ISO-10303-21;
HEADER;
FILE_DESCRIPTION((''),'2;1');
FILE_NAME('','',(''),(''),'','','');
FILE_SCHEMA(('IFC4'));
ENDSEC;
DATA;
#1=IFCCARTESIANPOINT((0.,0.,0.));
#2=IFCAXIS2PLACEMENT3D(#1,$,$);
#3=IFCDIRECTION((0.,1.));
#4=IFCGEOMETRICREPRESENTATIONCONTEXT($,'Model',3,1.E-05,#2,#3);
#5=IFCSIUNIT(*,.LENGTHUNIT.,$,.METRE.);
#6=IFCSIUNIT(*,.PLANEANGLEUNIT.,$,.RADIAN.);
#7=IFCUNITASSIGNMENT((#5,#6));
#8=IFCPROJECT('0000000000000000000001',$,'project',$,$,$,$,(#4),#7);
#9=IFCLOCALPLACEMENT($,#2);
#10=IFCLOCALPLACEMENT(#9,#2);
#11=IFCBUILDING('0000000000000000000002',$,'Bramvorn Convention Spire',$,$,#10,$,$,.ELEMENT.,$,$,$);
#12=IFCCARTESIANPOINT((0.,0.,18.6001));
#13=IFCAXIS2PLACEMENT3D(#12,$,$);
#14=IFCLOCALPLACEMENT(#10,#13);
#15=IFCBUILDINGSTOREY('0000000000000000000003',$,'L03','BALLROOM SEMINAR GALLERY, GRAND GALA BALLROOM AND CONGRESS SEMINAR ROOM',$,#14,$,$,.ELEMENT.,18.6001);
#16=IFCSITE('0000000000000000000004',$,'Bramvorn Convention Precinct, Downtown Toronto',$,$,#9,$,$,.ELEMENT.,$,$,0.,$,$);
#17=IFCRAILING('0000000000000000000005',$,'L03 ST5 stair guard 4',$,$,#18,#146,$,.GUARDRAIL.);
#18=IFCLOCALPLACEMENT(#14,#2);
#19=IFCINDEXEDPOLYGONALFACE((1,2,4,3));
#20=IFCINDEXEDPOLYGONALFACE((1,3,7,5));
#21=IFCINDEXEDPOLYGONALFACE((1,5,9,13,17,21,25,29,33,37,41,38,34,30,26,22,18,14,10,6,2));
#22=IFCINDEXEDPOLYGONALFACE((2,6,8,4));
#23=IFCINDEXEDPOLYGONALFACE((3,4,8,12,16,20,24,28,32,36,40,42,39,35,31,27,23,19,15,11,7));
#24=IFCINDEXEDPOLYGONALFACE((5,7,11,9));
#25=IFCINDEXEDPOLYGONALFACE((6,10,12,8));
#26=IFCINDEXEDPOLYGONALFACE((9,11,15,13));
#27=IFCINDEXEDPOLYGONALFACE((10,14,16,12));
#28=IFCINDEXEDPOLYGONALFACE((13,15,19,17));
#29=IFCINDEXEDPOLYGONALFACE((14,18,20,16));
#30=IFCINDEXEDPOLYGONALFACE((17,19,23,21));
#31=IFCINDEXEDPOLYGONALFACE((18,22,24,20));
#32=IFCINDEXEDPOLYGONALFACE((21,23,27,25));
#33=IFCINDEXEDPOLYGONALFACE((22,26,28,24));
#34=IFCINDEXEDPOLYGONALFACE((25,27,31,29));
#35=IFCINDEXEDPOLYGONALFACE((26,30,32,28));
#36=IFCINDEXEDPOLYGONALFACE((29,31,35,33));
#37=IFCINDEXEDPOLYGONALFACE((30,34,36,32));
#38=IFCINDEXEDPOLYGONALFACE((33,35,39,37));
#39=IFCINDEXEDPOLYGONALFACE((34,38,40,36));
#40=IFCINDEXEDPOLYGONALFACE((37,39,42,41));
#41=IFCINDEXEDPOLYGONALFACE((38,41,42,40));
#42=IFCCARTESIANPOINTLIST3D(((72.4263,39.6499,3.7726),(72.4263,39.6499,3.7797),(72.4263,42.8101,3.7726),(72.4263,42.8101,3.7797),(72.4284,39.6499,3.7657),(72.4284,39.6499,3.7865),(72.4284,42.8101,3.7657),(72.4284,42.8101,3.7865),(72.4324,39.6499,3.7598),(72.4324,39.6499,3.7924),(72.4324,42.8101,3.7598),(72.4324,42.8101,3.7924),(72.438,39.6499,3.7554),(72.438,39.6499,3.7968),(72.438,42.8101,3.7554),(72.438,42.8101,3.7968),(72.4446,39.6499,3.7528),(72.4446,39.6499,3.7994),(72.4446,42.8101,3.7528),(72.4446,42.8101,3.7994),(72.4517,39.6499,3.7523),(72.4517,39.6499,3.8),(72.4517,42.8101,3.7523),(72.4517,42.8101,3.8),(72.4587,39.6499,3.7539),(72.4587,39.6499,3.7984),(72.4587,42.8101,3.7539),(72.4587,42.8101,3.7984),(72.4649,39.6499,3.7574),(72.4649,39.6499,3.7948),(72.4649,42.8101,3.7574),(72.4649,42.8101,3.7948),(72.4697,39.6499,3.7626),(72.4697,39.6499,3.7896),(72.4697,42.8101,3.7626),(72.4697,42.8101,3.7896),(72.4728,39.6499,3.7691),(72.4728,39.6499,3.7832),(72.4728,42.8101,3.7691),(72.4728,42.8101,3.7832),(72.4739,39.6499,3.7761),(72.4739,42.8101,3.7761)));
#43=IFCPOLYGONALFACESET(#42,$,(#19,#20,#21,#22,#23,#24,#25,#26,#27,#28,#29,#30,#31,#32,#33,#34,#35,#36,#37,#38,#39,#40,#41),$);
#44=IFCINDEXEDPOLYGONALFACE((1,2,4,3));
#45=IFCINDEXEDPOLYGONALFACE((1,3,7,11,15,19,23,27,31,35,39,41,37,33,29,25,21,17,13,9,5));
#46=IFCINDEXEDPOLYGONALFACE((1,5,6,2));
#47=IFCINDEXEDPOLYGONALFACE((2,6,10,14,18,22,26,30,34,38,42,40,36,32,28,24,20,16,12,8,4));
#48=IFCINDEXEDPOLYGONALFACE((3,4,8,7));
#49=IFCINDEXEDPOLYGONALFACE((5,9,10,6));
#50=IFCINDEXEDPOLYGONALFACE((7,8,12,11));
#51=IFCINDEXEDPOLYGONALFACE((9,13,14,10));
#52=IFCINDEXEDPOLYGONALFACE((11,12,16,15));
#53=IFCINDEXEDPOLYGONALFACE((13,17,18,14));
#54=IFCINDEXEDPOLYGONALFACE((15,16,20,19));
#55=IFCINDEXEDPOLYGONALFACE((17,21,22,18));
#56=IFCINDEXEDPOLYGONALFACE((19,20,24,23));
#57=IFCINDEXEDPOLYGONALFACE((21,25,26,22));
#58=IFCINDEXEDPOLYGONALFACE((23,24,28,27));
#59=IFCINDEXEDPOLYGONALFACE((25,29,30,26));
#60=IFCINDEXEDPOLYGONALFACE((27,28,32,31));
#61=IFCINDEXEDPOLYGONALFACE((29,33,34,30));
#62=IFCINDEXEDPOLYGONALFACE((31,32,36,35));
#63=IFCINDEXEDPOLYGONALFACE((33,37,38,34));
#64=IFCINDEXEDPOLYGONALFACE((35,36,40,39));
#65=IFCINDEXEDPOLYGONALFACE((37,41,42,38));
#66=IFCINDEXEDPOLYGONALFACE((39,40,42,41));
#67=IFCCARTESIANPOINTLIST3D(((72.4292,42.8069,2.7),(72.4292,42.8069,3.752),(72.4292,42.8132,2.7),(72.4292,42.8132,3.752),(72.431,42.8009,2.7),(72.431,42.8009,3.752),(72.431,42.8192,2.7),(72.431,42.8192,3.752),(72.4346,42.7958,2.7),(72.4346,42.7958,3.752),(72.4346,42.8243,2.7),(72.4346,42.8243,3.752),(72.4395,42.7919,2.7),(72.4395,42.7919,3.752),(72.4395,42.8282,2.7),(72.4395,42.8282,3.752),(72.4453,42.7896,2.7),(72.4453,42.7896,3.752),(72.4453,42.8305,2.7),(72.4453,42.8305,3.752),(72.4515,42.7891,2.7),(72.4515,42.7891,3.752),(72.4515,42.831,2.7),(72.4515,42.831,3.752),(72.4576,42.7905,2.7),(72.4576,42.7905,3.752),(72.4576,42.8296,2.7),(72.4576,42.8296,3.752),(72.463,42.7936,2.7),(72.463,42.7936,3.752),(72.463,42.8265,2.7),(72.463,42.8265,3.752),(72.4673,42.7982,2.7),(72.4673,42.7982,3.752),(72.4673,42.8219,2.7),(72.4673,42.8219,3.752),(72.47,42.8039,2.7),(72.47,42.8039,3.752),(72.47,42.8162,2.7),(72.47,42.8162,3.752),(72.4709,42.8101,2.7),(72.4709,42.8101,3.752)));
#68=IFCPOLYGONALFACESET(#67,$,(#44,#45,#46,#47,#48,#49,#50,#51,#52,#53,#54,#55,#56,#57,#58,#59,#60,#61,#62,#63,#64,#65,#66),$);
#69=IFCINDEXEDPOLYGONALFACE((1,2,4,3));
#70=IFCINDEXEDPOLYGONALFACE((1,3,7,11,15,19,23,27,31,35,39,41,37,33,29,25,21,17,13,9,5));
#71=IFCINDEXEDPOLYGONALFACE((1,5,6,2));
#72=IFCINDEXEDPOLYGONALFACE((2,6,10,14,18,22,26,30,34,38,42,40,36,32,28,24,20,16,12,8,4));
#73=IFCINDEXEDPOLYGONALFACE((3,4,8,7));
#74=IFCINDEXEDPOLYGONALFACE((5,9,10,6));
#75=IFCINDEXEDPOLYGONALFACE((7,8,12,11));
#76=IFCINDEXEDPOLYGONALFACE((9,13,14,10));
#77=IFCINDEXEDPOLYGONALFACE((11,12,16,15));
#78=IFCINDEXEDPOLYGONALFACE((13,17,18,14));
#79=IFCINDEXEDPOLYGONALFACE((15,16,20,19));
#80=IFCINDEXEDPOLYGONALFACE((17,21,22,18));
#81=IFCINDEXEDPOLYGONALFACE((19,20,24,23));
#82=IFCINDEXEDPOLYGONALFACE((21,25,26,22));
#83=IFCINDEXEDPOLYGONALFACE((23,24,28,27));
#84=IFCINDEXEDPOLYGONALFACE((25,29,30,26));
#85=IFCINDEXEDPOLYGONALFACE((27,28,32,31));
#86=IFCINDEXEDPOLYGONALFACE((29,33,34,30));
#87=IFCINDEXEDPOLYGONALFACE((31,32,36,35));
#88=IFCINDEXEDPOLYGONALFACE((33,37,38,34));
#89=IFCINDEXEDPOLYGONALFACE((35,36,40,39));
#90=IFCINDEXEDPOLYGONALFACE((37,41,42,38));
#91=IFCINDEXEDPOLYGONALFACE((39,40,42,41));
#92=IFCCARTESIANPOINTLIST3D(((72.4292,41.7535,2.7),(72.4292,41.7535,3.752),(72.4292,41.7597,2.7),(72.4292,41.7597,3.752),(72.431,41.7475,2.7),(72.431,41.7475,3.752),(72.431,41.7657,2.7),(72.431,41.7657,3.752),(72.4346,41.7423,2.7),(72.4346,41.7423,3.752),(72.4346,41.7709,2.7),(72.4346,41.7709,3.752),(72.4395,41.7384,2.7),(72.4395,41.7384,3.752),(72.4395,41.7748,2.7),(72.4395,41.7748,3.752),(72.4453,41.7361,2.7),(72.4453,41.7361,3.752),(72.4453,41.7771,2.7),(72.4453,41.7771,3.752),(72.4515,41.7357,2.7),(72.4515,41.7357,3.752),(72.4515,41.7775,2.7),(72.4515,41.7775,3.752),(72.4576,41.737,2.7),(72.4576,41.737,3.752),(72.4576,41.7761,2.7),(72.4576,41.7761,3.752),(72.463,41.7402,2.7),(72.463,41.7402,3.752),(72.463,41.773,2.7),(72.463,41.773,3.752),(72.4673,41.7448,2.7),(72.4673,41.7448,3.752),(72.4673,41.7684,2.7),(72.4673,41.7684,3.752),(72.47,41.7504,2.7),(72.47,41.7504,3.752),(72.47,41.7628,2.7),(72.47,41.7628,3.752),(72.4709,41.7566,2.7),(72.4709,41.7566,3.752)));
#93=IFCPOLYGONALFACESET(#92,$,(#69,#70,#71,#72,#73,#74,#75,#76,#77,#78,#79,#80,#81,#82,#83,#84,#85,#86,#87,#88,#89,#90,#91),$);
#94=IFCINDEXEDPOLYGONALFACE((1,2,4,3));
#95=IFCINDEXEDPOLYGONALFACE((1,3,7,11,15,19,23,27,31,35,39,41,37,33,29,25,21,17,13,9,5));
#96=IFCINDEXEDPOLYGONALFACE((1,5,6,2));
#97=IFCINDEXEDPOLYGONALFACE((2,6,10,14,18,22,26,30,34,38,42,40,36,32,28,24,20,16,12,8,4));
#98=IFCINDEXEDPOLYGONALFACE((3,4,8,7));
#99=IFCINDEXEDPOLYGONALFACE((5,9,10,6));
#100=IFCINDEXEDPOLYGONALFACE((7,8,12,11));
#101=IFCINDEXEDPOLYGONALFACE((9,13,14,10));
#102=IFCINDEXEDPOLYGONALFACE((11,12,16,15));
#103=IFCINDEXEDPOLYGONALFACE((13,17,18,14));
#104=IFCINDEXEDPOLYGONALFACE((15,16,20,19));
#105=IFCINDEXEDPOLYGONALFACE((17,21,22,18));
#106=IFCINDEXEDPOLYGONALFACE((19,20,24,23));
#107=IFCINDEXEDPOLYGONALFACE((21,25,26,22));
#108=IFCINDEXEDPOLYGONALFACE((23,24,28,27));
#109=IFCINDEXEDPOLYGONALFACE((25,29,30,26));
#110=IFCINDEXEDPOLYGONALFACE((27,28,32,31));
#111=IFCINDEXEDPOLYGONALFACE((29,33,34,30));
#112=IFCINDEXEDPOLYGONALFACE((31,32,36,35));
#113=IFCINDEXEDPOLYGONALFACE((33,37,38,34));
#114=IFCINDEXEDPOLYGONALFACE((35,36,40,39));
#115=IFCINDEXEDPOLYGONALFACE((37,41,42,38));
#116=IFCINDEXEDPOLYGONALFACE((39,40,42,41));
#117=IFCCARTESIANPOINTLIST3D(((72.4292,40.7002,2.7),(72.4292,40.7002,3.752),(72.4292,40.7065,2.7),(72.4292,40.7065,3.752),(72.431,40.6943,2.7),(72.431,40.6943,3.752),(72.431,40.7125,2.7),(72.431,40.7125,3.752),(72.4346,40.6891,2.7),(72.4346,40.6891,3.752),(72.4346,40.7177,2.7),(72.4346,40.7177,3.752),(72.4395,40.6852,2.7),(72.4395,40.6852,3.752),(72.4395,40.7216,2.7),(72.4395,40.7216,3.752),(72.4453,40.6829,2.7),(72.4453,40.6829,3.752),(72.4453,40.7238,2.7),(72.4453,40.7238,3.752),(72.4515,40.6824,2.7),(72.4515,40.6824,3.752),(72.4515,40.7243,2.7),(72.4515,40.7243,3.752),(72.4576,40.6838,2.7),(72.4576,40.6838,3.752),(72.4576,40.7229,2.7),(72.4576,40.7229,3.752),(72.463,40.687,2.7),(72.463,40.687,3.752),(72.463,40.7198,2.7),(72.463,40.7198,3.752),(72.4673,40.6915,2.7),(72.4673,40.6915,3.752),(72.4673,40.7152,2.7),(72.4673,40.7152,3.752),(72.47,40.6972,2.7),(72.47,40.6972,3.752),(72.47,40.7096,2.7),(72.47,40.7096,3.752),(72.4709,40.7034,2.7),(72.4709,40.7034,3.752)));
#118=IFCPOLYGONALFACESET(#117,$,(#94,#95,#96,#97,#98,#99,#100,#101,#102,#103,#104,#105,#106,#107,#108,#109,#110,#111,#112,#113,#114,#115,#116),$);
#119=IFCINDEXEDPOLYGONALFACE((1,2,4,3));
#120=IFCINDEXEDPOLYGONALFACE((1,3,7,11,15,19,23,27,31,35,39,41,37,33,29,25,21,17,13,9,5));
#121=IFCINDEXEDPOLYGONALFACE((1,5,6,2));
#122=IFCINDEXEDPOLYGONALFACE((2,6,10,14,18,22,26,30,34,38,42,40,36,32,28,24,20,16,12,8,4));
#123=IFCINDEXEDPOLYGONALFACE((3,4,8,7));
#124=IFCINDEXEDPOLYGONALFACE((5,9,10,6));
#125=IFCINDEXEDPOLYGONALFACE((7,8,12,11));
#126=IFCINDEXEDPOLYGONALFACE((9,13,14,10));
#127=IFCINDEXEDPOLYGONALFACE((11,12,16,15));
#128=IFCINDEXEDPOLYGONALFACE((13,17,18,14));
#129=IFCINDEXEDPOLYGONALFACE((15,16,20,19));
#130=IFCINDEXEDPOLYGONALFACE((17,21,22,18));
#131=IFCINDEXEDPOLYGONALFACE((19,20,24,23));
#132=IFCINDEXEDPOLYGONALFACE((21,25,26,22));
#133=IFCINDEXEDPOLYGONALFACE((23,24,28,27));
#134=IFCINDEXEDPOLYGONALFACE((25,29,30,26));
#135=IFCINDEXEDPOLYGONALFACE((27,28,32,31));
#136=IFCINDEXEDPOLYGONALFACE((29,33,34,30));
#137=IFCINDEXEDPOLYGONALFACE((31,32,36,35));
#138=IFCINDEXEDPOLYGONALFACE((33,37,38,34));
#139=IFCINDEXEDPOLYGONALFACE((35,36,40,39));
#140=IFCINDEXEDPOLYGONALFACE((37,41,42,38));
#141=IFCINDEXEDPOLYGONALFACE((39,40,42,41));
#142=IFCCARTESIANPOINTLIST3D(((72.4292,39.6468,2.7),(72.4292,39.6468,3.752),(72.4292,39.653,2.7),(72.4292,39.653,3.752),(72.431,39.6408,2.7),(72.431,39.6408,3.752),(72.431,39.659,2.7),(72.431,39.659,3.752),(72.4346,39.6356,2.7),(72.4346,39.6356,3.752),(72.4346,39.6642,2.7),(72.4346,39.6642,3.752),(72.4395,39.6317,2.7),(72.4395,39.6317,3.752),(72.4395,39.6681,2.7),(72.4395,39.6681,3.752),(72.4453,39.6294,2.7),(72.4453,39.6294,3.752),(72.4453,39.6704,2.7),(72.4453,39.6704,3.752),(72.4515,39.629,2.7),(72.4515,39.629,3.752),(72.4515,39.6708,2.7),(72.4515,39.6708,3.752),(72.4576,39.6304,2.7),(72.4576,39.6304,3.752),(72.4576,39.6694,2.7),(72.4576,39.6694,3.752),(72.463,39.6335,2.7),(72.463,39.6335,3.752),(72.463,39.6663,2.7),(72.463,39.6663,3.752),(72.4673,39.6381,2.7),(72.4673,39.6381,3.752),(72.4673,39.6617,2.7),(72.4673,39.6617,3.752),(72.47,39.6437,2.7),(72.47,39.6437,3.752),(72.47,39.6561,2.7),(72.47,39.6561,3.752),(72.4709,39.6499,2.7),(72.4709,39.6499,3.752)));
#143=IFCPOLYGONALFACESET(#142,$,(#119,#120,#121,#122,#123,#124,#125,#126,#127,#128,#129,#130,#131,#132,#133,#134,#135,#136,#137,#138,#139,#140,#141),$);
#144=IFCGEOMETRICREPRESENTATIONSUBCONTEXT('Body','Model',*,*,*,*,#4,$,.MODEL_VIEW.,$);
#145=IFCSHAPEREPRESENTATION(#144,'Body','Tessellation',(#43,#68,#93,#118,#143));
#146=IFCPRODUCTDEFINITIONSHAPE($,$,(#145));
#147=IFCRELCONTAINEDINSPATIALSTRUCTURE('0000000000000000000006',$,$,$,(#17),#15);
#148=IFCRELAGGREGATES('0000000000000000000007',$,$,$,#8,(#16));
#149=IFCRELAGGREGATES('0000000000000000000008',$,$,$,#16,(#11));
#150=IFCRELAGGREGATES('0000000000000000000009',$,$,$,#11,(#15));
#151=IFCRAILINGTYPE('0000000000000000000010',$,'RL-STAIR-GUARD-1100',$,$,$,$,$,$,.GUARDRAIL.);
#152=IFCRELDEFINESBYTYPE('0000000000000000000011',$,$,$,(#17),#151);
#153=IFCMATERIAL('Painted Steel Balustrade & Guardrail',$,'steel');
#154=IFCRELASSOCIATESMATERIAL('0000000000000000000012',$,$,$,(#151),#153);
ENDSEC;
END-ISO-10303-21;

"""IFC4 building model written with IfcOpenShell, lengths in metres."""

from ifc_helpers import new_model, si_unit, direction, frame, origin, origin_2d, place, context, subcontext, project, spatial, circle, extrude, material, type_object, element, save


model = new_model("IFC4")

# Units and contexts
model_context = context("Model", 3, precision=1e-05, world=origin(), true_north=direction((0.0, 1.0)))
body_context = subcontext(model_context, "Body", "Model", "MODEL_VIEW")
ifc_project = project(units=[si_unit("LENGTHUNIT", "METRE"), si_unit("PLANEANGLEUNIT", "RADIAN")], contexts=[model_context])

# Site, building, storey
site_placement = place(None, origin())
site = spatial("IfcSite", under=ifc_project, at=site_placement, Name="Bramvorn Convention Precinct, Downtown Toronto", CompositionType="ELEMENT", RefElevation=0.0)
building_placement = place(site_placement, origin())
building = spatial("IfcBuilding", under=site, at=building_placement, Name="Bramvorn Convention Spire", CompositionType="ELEMENT")
storey_placement = place(building_placement, frame((0.0, 0.0, 18.6001)))
storey = spatial("IfcBuildingStorey", under=building, at=storey_placement, Name="L03", Description="BALLROOM SEMINAR GALLERY, GRAND GALA BALLROOM AND CONGRESS SEMINAR ROOM", CompositionType="ELEMENT", Elevation=18.6001)

# Railing
ifc_material_1 = material(Name="Painted Steel Balustrade & Guardrail", Category="steel")
railing_type_1 = type_object("IfcRailingType", Name="RL-STAIR-GUARD-1100", PredefinedType="GUARDRAIL", material=ifc_material_1)
for number, where, name in (
    (1, (72.45, 42.8101, 2.7), "L03 ST5 stair guard 4"),
):
    element("IfcRailing", number, at=place(storey_placement, frame(where)), inside=storey, type_object=railing_type_1, Name=name, PredefinedType="GUARDRAIL", context=body_context, shape_type="SweptSolid", body=[
        extrude(circle(Radius=0.0239, at=origin_2d()), frame((0.0, 0.0, 1.0762), z_axis=(0.0, -1.0, 0.0), x_axis=(1.0, 0.0, 0.0)), (0.0, 0.0, 1.0), 3.1602),
        extrude(circle(Radius=0.021, at=origin_2d()), origin(), (0.0, 0.0, 1.0), 1.052),
        extrude(circle(Radius=0.021, at=origin_2d()), frame((0.0, -1.0535, 0.0)), (0.0, 0.0, 1.0), 1.052),
        extrude(circle(Radius=0.021, at=origin_2d()), frame((0.0, -2.1067, 0.0)), (0.0, 0.0, 1.0), 1.052),
        extrude(circle(Radius=0.021, at=origin_2d()), frame((0.0, -3.1602, 0.0)), (0.0, 0.0, 1.0), 1.052),
    ])

save(model, "model.ifc")
